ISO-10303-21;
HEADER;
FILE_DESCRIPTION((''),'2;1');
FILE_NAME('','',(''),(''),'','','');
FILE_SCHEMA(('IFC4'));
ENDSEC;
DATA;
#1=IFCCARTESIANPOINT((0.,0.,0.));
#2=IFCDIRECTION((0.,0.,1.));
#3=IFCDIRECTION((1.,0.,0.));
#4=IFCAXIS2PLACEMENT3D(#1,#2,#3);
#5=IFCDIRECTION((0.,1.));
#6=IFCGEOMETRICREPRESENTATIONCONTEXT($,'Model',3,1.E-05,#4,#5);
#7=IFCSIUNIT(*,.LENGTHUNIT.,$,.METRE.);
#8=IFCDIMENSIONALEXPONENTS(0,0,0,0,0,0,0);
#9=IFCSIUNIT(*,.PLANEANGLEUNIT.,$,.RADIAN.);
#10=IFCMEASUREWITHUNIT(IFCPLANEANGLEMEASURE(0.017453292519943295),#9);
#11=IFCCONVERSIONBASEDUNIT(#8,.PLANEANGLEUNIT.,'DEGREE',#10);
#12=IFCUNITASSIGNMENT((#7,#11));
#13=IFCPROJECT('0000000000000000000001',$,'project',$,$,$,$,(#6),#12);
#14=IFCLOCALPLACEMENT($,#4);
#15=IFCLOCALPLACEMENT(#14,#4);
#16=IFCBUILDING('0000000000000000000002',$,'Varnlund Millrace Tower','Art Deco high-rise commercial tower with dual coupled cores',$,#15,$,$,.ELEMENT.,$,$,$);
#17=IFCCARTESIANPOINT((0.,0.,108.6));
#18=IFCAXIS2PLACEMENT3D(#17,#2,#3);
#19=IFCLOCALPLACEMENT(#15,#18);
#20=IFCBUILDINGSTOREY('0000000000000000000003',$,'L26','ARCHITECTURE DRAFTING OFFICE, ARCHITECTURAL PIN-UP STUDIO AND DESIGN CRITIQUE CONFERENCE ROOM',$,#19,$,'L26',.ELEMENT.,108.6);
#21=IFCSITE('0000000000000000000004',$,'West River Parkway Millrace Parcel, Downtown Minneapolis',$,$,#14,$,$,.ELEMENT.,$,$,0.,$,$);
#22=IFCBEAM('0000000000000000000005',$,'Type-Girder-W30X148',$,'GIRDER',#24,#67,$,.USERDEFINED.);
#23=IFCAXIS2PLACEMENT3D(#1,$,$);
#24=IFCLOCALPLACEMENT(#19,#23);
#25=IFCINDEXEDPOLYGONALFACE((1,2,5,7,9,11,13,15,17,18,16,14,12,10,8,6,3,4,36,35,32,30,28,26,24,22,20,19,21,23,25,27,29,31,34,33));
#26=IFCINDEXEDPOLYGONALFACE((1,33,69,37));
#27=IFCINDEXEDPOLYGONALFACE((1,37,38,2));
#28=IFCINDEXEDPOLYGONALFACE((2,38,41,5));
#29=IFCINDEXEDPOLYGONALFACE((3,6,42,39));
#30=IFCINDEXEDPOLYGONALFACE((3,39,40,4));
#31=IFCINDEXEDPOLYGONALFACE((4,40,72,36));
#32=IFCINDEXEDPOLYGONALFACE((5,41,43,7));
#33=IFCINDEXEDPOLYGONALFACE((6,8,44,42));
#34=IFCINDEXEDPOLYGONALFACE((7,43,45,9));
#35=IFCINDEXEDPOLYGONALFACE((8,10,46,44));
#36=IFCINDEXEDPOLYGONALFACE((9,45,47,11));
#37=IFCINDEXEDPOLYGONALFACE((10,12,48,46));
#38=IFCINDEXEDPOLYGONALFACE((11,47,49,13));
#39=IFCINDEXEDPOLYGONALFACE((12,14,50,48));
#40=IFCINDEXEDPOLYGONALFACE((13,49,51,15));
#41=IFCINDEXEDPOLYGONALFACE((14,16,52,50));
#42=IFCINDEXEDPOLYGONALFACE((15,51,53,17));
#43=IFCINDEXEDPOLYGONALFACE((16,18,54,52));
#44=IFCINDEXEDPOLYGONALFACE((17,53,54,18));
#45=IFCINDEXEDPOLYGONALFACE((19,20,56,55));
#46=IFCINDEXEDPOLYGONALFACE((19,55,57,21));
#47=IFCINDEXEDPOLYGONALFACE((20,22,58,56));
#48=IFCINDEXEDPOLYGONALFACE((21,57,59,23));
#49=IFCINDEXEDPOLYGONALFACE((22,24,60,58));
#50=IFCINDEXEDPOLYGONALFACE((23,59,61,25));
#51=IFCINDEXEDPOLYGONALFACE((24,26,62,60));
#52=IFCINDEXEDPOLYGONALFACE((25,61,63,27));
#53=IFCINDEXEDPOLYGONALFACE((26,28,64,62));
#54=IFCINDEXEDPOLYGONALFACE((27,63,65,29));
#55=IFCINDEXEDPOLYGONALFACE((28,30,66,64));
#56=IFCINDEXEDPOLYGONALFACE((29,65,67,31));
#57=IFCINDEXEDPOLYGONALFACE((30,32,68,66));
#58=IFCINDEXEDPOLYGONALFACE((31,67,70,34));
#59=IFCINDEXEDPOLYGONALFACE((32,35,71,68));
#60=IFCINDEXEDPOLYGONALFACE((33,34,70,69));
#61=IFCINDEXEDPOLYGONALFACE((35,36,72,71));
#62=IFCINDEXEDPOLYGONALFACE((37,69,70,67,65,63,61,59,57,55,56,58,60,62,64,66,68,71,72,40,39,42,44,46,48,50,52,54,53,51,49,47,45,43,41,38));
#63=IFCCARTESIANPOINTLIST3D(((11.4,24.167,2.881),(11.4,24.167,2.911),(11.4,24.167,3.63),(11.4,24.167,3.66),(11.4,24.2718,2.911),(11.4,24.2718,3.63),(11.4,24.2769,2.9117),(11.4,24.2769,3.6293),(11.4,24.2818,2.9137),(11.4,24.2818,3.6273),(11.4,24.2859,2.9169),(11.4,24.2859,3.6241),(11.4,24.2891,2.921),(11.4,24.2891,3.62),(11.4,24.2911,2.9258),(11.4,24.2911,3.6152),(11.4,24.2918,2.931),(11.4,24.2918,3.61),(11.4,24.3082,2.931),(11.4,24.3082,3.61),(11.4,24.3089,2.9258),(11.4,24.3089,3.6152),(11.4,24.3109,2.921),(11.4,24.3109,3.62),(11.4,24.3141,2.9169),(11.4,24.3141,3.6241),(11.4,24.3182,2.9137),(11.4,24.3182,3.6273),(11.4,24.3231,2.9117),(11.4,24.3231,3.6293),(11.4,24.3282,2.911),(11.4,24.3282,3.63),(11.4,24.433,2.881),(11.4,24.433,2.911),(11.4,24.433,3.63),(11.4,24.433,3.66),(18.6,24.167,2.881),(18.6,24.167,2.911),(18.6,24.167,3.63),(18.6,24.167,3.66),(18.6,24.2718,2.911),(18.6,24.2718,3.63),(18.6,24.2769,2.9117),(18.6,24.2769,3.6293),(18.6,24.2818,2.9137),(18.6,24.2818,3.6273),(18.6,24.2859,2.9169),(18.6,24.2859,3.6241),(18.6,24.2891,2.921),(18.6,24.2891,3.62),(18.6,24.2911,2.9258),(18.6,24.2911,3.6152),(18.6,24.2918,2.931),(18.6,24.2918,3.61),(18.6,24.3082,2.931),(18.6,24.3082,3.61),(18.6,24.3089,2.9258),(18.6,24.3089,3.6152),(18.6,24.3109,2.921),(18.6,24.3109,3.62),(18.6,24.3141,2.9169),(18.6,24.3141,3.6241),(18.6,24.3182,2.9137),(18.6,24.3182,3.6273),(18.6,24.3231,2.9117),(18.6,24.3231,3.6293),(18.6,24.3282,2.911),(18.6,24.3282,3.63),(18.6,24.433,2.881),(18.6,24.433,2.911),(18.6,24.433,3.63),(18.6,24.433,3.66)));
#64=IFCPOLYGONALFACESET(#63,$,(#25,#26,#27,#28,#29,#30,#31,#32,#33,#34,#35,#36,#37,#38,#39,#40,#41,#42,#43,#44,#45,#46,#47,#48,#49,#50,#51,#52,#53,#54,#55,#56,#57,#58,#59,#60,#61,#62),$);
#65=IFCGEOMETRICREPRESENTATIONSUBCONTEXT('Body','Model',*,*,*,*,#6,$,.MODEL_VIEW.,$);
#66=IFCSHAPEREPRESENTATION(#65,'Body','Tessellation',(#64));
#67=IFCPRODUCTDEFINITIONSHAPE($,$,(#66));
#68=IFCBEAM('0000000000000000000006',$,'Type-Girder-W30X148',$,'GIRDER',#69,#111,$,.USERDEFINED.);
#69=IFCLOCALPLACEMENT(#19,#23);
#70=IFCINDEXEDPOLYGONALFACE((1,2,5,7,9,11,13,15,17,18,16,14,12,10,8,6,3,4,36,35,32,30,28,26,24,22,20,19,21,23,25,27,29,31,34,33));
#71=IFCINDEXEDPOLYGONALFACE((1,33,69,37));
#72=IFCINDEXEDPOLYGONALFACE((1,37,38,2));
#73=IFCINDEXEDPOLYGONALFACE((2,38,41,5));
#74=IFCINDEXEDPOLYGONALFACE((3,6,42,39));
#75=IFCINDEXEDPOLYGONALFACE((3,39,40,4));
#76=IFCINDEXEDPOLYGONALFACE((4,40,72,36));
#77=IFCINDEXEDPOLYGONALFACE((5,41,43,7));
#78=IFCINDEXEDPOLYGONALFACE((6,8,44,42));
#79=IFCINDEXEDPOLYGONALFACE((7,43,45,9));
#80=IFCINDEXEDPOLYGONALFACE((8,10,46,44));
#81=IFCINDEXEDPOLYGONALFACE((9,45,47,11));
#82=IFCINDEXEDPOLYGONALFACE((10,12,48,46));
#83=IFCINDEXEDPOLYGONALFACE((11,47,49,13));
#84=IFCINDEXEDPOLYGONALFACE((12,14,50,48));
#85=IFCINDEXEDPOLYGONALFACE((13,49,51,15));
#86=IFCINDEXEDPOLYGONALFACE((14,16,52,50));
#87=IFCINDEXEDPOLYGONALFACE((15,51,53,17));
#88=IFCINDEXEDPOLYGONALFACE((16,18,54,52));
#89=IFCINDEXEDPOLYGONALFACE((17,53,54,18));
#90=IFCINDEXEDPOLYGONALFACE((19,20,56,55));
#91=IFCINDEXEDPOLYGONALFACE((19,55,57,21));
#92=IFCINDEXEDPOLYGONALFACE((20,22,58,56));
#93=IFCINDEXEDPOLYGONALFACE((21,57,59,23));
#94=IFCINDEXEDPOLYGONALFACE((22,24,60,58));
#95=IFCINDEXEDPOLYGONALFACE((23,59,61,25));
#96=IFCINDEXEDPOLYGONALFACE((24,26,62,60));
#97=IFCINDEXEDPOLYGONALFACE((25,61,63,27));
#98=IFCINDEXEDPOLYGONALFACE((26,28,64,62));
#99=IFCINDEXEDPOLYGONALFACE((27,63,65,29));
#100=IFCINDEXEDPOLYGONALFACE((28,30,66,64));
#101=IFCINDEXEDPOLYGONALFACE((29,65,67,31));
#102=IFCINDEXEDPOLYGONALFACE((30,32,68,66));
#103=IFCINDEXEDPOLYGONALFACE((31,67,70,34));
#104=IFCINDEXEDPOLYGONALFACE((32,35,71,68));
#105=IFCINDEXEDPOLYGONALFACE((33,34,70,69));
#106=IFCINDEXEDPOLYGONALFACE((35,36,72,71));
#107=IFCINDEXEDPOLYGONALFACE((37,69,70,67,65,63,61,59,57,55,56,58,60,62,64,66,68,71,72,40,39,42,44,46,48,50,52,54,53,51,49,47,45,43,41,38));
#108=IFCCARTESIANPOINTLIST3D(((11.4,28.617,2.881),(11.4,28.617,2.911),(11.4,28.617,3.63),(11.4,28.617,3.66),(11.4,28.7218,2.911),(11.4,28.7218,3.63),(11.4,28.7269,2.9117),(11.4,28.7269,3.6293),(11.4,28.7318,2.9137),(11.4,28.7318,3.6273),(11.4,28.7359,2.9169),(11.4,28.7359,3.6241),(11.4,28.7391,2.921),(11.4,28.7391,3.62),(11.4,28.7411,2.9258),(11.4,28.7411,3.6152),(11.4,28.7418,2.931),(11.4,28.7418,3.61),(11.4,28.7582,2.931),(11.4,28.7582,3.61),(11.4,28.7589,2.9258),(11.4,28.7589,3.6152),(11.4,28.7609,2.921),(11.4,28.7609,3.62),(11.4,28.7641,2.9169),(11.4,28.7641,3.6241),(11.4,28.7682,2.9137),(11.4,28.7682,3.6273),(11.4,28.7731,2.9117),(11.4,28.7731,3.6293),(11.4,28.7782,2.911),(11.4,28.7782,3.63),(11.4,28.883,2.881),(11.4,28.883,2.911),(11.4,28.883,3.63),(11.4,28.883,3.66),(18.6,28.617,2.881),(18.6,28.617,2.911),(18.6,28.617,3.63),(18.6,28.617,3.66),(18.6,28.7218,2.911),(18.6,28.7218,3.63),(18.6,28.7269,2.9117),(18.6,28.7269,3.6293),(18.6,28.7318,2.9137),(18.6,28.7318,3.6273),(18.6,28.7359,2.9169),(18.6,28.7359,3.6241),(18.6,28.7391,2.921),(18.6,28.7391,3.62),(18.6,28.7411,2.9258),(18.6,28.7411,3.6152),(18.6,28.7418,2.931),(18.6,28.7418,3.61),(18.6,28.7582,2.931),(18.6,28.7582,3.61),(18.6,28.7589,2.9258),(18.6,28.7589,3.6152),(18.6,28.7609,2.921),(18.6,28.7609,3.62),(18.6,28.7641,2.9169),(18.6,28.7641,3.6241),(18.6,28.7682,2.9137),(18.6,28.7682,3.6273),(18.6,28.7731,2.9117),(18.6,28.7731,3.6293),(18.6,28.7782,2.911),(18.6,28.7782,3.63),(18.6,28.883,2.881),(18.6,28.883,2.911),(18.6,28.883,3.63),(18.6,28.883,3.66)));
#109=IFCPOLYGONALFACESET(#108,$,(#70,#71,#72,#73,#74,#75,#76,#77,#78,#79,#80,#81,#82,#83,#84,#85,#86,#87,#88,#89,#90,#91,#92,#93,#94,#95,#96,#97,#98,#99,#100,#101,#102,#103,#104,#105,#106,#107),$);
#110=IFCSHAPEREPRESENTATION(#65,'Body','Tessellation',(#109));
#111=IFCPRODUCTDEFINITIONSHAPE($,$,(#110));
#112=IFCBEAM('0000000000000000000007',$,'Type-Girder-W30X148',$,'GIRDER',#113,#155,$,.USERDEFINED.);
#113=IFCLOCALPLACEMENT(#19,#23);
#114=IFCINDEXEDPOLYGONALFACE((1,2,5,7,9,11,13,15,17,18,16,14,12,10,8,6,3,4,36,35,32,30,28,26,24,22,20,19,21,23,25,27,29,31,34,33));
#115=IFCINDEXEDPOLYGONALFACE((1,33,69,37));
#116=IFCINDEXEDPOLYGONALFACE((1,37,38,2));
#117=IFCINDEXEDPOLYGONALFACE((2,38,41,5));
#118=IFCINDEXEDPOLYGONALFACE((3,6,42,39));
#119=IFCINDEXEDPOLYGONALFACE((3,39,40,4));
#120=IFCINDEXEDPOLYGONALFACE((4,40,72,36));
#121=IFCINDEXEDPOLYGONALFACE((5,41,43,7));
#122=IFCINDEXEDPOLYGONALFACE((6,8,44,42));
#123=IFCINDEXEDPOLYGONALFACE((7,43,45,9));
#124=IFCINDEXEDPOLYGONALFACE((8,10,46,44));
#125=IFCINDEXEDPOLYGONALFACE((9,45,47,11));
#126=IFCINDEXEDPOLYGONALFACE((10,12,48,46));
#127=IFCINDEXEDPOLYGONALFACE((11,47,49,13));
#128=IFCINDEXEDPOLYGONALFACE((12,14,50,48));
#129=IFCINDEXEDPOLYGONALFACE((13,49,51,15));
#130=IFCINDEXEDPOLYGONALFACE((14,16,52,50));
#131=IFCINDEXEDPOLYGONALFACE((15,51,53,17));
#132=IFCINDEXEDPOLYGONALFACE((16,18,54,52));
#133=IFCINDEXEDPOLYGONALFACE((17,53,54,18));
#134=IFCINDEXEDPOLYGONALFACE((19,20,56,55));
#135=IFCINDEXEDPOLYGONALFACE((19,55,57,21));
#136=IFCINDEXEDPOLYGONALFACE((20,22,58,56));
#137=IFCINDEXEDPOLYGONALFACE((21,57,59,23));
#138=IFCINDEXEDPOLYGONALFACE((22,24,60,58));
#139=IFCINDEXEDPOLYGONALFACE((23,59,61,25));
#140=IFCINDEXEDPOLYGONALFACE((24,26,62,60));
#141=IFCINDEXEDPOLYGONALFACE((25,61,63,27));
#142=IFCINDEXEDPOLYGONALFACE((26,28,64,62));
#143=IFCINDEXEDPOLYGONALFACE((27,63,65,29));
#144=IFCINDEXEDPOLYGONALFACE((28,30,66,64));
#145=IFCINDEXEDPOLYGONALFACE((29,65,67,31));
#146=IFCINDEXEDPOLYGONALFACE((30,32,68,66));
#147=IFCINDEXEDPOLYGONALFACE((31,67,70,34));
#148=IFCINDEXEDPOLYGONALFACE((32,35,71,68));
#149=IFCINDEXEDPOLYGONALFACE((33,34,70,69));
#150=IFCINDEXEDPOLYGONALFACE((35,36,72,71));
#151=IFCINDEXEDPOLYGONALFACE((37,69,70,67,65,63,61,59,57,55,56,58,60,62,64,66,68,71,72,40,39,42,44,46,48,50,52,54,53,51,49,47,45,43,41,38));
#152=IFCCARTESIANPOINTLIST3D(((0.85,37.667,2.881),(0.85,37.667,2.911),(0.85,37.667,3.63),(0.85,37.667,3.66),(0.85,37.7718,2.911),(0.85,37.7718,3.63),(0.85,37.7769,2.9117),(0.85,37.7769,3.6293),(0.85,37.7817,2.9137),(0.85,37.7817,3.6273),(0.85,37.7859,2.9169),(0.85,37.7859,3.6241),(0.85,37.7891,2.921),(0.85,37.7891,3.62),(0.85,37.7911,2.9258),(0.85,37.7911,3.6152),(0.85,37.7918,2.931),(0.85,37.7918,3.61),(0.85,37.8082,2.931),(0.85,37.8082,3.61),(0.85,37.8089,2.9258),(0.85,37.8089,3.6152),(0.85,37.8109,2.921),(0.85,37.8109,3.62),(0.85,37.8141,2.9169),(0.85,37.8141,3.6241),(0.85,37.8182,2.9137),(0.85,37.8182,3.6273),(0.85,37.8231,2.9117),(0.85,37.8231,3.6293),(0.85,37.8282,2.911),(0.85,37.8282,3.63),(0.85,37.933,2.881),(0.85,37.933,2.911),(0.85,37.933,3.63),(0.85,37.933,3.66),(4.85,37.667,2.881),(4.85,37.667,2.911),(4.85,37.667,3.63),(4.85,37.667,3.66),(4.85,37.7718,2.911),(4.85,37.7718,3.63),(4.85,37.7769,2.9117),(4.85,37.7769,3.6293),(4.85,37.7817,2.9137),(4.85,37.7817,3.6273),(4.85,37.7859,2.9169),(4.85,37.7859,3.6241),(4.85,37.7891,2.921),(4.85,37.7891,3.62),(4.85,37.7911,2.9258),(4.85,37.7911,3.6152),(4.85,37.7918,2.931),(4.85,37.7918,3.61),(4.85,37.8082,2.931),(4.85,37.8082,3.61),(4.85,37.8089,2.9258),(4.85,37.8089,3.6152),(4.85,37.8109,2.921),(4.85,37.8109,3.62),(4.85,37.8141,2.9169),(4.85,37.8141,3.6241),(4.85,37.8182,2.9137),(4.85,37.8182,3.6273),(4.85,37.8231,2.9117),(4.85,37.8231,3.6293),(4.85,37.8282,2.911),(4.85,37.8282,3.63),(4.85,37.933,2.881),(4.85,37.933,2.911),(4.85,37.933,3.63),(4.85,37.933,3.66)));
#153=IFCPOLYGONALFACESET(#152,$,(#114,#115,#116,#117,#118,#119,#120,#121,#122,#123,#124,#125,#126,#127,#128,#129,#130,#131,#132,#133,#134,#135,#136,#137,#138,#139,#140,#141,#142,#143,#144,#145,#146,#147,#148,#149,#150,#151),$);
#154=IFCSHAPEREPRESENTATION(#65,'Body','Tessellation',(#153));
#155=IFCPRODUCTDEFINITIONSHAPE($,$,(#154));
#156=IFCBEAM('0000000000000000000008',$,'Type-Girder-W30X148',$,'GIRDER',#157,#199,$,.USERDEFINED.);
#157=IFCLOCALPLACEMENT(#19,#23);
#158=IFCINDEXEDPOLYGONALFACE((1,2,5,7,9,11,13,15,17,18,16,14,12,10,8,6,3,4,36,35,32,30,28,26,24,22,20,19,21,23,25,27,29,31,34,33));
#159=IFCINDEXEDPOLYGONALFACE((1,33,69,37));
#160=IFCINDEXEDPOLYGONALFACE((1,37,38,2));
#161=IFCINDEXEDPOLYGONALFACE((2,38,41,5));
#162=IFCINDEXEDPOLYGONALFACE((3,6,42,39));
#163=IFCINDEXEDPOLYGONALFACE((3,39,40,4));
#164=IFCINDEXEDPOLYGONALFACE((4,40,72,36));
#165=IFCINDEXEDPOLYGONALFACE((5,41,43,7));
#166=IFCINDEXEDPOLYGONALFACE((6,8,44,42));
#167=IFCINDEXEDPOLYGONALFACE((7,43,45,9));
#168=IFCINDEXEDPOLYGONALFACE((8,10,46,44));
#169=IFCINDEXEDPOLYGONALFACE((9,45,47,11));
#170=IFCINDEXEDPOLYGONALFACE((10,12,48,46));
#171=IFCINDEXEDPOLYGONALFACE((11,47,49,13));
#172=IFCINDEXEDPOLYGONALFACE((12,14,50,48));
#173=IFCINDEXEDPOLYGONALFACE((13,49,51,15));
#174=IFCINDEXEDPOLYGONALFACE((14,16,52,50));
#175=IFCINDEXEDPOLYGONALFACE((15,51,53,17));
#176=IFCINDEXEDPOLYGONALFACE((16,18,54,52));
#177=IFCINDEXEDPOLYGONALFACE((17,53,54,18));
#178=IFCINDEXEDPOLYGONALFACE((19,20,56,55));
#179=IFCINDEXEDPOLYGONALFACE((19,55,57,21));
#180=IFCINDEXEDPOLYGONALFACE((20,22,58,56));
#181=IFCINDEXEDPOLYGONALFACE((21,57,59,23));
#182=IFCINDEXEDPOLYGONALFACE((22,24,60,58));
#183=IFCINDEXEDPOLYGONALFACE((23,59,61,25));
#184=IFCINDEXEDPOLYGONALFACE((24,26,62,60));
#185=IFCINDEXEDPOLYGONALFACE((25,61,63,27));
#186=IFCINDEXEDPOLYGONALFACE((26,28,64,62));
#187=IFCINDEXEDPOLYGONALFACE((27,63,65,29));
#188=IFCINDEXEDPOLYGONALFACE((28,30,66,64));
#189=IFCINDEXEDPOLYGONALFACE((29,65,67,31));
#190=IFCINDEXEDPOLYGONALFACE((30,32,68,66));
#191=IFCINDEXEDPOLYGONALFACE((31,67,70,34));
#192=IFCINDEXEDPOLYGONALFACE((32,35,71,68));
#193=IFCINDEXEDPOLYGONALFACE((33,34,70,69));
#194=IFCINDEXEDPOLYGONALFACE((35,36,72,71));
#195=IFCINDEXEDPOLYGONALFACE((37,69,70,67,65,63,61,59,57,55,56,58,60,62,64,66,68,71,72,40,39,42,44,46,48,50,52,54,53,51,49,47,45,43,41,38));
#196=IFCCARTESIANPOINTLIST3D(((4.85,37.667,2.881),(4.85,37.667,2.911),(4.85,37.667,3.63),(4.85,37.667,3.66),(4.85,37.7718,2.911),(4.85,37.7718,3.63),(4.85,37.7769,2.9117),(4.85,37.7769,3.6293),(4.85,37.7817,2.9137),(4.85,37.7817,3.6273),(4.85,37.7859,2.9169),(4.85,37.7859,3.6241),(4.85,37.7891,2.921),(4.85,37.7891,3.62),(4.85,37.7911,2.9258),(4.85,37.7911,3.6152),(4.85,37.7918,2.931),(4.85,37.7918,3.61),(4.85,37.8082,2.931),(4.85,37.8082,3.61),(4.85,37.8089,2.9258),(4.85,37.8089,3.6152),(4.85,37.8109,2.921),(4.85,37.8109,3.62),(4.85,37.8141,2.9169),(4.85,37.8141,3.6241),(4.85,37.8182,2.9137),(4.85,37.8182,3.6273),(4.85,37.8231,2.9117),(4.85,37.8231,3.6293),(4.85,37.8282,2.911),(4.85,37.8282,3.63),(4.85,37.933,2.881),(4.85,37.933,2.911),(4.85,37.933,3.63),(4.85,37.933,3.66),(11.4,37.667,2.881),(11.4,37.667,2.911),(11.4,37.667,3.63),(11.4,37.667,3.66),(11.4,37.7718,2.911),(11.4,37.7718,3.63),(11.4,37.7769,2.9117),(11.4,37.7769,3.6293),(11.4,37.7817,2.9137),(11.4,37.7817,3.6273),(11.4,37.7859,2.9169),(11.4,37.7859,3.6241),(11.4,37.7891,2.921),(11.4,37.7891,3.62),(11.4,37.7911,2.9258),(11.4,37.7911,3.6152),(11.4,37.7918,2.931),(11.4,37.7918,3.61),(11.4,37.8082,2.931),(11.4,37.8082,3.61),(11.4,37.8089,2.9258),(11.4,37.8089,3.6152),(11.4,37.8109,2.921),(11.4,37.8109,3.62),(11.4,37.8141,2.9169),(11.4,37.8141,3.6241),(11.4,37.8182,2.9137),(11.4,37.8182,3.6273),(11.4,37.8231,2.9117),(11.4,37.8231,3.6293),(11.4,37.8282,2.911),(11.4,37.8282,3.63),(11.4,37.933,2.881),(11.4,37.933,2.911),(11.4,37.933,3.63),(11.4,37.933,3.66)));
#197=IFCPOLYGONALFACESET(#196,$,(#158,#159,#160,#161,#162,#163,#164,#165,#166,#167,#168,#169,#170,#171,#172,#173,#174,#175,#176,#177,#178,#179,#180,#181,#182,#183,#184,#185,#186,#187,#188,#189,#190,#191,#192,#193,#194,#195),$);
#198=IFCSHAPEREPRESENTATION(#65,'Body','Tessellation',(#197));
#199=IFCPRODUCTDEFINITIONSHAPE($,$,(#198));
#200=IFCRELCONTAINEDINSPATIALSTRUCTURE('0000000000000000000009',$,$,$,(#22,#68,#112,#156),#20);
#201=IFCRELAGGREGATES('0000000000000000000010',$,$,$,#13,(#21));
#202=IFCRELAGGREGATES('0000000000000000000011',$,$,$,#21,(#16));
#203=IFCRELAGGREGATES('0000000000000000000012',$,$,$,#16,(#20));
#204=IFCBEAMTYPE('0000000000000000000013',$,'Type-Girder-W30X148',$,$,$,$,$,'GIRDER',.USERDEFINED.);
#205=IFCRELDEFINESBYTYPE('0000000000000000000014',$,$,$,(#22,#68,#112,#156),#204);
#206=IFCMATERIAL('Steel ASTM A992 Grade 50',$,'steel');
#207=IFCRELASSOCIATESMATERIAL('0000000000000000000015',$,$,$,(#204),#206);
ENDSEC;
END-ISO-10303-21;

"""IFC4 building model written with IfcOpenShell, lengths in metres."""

from ifc_helpers import new_model, entity, si_unit, converted_unit, direction, frame, origin_with_axes, origin_2d_with_axis, place, context, subcontext, project, spatial, i_section, extrude, material, material_profile, profile_set, type_object, element, save


model = new_model("IFC4")

# Units and contexts
model_context = context("Model", 3, precision=1e-05, world=origin_with_axes(), true_north=direction((0.0, 1.0)))
body_context = subcontext(model_context, "Body", "Model", "MODEL_VIEW")
ifc_project = project(units=[si_unit("LENGTHUNIT", "METRE"), converted_unit("PLANEANGLEUNIT", "DEGREE", entity("IfcPlaneAngleMeasure", 0.017453292519943295), si_unit("PLANEANGLEUNIT", "RADIAN"), dimensions=[0, 0, 0, 0, 0, 0, 0])], contexts=[model_context])

# Site, building, storey
site_placement = place(None, origin_with_axes())
site = spatial("IfcSite", under=ifc_project, at=site_placement, Name="West River Parkway Millrace Parcel, Downtown Minneapolis", CompositionType="ELEMENT", RefElevation=0.0)
building_placement = place(site_placement, origin_with_axes())
building = spatial("IfcBuilding", under=site, at=building_placement, Name="Varnlund Millrace Tower", Description="Art Deco high-rise commercial tower with dual coupled cores", CompositionType="ELEMENT")
storey_placement = place(building_placement, frame((0.0, 0.0, 108.6), z_axis=(0.0, 0.0, 1.0), x_axis=(1.0, 0.0, 0.0)))
storey = spatial("IfcBuildingStorey", under=building, at=storey_placement, Name="L26", Description="ARCHITECTURE DRAFTING OFFICE, ARCHITECTURAL PIN-UP STUDIO AND DESIGN CRITIQUE CONFERENCE ROOM", LongName="L26", CompositionType="ELEMENT", Elevation=108.6)

# Beams
ifc_material_1 = material(Name="Steel ASTM A992 Grade 50", Category="steel")
ifc_material_profile_1 = material_profile(ifc_material_1, i_section(OverallWidth=0.266, OverallDepth=0.779, WebThickness=0.0165, FlangeThickness=0.03, FilletRadius=0.02, at=origin_2d_with_axis()), Name="Steel ASTM A992 Grade 50")
ifc_profile_set_1 = profile_set([ifc_material_profile_1], Name="Steel ASTM A992 Grade 50")
beam_type_1 = type_object("IfcBeamType", Name="Type-Girder-W30X148", ElementType="GIRDER", PredefinedType="USERDEFINED", material=ifc_profile_set_1)
for number, where, z_axis, x_axis, name in (
    (1, (11.4, 24.3, 3.2705), (1.0, 0.0, 0.0), (0.0, 1.0, 0.0), "Type-Girder-W30X148"),
    (2, (11.4, 28.75, 3.2705), (1.0, 0.0, 0.0), (0.0, 1.0, 0.0), "Type-Girder-W30X148"),
):
    element("IfcBeam", number, at=place(storey_placement, frame(where, z_axis=z_axis, x_axis=x_axis)), inside=storey, type_object=beam_type_1, Name=name, ObjectType="GIRDER", PredefinedType="USERDEFINED", context=body_context, shape_type="SweptSolid", body=[
        extrude(i_section(OverallWidth=0.266, OverallDepth=0.779, WebThickness=0.0165, FlangeThickness=0.03, FilletRadius=0.02, at=origin_2d_with_axis()), origin_with_axes(), (0.0, 0.0, 1.0), 7.2),
    ])
beam_1_placement = place(storey_placement, frame((0.85, 37.8, 3.2705), z_axis=(1.0, 0.0, 0.0), x_axis=(0.0, 1.0, 0.0)))
element("IfcBeam", 3, at=beam_1_placement, inside=storey, type_object=beam_type_1, Name="Type-Girder-W30X148", ObjectType="GIRDER", PredefinedType="USERDEFINED", context=body_context, shape_type="SweptSolid", body=[
    extrude(i_section(OverallWidth=0.266, OverallDepth=0.779, WebThickness=0.0165, FlangeThickness=0.03, FilletRadius=0.02, at=origin_2d_with_axis()), origin_with_axes(), (0.0, 0.0, 1.0), 4.0),
])
beam_2_placement = place(storey_placement, frame((4.85, 37.8, 3.2705), z_axis=(1.0, 0.0, 0.0), x_axis=(0.0, 1.0, 0.0)))
element("IfcBeam", 4, at=beam_2_placement, inside=storey, type_object=beam_type_1, Name="Type-Girder-W30X148", ObjectType="GIRDER", PredefinedType="USERDEFINED", context=body_context, shape_type="SweptSolid", body=[
    extrude(i_section(OverallWidth=0.266, OverallDepth=0.779, WebThickness=0.0165, FlangeThickness=0.03, FilletRadius=0.02, at=origin_2d_with_axis()), origin_with_axes(), (0.0, 0.0, 1.0), 6.55),
])

save(model, "model.ifc")
